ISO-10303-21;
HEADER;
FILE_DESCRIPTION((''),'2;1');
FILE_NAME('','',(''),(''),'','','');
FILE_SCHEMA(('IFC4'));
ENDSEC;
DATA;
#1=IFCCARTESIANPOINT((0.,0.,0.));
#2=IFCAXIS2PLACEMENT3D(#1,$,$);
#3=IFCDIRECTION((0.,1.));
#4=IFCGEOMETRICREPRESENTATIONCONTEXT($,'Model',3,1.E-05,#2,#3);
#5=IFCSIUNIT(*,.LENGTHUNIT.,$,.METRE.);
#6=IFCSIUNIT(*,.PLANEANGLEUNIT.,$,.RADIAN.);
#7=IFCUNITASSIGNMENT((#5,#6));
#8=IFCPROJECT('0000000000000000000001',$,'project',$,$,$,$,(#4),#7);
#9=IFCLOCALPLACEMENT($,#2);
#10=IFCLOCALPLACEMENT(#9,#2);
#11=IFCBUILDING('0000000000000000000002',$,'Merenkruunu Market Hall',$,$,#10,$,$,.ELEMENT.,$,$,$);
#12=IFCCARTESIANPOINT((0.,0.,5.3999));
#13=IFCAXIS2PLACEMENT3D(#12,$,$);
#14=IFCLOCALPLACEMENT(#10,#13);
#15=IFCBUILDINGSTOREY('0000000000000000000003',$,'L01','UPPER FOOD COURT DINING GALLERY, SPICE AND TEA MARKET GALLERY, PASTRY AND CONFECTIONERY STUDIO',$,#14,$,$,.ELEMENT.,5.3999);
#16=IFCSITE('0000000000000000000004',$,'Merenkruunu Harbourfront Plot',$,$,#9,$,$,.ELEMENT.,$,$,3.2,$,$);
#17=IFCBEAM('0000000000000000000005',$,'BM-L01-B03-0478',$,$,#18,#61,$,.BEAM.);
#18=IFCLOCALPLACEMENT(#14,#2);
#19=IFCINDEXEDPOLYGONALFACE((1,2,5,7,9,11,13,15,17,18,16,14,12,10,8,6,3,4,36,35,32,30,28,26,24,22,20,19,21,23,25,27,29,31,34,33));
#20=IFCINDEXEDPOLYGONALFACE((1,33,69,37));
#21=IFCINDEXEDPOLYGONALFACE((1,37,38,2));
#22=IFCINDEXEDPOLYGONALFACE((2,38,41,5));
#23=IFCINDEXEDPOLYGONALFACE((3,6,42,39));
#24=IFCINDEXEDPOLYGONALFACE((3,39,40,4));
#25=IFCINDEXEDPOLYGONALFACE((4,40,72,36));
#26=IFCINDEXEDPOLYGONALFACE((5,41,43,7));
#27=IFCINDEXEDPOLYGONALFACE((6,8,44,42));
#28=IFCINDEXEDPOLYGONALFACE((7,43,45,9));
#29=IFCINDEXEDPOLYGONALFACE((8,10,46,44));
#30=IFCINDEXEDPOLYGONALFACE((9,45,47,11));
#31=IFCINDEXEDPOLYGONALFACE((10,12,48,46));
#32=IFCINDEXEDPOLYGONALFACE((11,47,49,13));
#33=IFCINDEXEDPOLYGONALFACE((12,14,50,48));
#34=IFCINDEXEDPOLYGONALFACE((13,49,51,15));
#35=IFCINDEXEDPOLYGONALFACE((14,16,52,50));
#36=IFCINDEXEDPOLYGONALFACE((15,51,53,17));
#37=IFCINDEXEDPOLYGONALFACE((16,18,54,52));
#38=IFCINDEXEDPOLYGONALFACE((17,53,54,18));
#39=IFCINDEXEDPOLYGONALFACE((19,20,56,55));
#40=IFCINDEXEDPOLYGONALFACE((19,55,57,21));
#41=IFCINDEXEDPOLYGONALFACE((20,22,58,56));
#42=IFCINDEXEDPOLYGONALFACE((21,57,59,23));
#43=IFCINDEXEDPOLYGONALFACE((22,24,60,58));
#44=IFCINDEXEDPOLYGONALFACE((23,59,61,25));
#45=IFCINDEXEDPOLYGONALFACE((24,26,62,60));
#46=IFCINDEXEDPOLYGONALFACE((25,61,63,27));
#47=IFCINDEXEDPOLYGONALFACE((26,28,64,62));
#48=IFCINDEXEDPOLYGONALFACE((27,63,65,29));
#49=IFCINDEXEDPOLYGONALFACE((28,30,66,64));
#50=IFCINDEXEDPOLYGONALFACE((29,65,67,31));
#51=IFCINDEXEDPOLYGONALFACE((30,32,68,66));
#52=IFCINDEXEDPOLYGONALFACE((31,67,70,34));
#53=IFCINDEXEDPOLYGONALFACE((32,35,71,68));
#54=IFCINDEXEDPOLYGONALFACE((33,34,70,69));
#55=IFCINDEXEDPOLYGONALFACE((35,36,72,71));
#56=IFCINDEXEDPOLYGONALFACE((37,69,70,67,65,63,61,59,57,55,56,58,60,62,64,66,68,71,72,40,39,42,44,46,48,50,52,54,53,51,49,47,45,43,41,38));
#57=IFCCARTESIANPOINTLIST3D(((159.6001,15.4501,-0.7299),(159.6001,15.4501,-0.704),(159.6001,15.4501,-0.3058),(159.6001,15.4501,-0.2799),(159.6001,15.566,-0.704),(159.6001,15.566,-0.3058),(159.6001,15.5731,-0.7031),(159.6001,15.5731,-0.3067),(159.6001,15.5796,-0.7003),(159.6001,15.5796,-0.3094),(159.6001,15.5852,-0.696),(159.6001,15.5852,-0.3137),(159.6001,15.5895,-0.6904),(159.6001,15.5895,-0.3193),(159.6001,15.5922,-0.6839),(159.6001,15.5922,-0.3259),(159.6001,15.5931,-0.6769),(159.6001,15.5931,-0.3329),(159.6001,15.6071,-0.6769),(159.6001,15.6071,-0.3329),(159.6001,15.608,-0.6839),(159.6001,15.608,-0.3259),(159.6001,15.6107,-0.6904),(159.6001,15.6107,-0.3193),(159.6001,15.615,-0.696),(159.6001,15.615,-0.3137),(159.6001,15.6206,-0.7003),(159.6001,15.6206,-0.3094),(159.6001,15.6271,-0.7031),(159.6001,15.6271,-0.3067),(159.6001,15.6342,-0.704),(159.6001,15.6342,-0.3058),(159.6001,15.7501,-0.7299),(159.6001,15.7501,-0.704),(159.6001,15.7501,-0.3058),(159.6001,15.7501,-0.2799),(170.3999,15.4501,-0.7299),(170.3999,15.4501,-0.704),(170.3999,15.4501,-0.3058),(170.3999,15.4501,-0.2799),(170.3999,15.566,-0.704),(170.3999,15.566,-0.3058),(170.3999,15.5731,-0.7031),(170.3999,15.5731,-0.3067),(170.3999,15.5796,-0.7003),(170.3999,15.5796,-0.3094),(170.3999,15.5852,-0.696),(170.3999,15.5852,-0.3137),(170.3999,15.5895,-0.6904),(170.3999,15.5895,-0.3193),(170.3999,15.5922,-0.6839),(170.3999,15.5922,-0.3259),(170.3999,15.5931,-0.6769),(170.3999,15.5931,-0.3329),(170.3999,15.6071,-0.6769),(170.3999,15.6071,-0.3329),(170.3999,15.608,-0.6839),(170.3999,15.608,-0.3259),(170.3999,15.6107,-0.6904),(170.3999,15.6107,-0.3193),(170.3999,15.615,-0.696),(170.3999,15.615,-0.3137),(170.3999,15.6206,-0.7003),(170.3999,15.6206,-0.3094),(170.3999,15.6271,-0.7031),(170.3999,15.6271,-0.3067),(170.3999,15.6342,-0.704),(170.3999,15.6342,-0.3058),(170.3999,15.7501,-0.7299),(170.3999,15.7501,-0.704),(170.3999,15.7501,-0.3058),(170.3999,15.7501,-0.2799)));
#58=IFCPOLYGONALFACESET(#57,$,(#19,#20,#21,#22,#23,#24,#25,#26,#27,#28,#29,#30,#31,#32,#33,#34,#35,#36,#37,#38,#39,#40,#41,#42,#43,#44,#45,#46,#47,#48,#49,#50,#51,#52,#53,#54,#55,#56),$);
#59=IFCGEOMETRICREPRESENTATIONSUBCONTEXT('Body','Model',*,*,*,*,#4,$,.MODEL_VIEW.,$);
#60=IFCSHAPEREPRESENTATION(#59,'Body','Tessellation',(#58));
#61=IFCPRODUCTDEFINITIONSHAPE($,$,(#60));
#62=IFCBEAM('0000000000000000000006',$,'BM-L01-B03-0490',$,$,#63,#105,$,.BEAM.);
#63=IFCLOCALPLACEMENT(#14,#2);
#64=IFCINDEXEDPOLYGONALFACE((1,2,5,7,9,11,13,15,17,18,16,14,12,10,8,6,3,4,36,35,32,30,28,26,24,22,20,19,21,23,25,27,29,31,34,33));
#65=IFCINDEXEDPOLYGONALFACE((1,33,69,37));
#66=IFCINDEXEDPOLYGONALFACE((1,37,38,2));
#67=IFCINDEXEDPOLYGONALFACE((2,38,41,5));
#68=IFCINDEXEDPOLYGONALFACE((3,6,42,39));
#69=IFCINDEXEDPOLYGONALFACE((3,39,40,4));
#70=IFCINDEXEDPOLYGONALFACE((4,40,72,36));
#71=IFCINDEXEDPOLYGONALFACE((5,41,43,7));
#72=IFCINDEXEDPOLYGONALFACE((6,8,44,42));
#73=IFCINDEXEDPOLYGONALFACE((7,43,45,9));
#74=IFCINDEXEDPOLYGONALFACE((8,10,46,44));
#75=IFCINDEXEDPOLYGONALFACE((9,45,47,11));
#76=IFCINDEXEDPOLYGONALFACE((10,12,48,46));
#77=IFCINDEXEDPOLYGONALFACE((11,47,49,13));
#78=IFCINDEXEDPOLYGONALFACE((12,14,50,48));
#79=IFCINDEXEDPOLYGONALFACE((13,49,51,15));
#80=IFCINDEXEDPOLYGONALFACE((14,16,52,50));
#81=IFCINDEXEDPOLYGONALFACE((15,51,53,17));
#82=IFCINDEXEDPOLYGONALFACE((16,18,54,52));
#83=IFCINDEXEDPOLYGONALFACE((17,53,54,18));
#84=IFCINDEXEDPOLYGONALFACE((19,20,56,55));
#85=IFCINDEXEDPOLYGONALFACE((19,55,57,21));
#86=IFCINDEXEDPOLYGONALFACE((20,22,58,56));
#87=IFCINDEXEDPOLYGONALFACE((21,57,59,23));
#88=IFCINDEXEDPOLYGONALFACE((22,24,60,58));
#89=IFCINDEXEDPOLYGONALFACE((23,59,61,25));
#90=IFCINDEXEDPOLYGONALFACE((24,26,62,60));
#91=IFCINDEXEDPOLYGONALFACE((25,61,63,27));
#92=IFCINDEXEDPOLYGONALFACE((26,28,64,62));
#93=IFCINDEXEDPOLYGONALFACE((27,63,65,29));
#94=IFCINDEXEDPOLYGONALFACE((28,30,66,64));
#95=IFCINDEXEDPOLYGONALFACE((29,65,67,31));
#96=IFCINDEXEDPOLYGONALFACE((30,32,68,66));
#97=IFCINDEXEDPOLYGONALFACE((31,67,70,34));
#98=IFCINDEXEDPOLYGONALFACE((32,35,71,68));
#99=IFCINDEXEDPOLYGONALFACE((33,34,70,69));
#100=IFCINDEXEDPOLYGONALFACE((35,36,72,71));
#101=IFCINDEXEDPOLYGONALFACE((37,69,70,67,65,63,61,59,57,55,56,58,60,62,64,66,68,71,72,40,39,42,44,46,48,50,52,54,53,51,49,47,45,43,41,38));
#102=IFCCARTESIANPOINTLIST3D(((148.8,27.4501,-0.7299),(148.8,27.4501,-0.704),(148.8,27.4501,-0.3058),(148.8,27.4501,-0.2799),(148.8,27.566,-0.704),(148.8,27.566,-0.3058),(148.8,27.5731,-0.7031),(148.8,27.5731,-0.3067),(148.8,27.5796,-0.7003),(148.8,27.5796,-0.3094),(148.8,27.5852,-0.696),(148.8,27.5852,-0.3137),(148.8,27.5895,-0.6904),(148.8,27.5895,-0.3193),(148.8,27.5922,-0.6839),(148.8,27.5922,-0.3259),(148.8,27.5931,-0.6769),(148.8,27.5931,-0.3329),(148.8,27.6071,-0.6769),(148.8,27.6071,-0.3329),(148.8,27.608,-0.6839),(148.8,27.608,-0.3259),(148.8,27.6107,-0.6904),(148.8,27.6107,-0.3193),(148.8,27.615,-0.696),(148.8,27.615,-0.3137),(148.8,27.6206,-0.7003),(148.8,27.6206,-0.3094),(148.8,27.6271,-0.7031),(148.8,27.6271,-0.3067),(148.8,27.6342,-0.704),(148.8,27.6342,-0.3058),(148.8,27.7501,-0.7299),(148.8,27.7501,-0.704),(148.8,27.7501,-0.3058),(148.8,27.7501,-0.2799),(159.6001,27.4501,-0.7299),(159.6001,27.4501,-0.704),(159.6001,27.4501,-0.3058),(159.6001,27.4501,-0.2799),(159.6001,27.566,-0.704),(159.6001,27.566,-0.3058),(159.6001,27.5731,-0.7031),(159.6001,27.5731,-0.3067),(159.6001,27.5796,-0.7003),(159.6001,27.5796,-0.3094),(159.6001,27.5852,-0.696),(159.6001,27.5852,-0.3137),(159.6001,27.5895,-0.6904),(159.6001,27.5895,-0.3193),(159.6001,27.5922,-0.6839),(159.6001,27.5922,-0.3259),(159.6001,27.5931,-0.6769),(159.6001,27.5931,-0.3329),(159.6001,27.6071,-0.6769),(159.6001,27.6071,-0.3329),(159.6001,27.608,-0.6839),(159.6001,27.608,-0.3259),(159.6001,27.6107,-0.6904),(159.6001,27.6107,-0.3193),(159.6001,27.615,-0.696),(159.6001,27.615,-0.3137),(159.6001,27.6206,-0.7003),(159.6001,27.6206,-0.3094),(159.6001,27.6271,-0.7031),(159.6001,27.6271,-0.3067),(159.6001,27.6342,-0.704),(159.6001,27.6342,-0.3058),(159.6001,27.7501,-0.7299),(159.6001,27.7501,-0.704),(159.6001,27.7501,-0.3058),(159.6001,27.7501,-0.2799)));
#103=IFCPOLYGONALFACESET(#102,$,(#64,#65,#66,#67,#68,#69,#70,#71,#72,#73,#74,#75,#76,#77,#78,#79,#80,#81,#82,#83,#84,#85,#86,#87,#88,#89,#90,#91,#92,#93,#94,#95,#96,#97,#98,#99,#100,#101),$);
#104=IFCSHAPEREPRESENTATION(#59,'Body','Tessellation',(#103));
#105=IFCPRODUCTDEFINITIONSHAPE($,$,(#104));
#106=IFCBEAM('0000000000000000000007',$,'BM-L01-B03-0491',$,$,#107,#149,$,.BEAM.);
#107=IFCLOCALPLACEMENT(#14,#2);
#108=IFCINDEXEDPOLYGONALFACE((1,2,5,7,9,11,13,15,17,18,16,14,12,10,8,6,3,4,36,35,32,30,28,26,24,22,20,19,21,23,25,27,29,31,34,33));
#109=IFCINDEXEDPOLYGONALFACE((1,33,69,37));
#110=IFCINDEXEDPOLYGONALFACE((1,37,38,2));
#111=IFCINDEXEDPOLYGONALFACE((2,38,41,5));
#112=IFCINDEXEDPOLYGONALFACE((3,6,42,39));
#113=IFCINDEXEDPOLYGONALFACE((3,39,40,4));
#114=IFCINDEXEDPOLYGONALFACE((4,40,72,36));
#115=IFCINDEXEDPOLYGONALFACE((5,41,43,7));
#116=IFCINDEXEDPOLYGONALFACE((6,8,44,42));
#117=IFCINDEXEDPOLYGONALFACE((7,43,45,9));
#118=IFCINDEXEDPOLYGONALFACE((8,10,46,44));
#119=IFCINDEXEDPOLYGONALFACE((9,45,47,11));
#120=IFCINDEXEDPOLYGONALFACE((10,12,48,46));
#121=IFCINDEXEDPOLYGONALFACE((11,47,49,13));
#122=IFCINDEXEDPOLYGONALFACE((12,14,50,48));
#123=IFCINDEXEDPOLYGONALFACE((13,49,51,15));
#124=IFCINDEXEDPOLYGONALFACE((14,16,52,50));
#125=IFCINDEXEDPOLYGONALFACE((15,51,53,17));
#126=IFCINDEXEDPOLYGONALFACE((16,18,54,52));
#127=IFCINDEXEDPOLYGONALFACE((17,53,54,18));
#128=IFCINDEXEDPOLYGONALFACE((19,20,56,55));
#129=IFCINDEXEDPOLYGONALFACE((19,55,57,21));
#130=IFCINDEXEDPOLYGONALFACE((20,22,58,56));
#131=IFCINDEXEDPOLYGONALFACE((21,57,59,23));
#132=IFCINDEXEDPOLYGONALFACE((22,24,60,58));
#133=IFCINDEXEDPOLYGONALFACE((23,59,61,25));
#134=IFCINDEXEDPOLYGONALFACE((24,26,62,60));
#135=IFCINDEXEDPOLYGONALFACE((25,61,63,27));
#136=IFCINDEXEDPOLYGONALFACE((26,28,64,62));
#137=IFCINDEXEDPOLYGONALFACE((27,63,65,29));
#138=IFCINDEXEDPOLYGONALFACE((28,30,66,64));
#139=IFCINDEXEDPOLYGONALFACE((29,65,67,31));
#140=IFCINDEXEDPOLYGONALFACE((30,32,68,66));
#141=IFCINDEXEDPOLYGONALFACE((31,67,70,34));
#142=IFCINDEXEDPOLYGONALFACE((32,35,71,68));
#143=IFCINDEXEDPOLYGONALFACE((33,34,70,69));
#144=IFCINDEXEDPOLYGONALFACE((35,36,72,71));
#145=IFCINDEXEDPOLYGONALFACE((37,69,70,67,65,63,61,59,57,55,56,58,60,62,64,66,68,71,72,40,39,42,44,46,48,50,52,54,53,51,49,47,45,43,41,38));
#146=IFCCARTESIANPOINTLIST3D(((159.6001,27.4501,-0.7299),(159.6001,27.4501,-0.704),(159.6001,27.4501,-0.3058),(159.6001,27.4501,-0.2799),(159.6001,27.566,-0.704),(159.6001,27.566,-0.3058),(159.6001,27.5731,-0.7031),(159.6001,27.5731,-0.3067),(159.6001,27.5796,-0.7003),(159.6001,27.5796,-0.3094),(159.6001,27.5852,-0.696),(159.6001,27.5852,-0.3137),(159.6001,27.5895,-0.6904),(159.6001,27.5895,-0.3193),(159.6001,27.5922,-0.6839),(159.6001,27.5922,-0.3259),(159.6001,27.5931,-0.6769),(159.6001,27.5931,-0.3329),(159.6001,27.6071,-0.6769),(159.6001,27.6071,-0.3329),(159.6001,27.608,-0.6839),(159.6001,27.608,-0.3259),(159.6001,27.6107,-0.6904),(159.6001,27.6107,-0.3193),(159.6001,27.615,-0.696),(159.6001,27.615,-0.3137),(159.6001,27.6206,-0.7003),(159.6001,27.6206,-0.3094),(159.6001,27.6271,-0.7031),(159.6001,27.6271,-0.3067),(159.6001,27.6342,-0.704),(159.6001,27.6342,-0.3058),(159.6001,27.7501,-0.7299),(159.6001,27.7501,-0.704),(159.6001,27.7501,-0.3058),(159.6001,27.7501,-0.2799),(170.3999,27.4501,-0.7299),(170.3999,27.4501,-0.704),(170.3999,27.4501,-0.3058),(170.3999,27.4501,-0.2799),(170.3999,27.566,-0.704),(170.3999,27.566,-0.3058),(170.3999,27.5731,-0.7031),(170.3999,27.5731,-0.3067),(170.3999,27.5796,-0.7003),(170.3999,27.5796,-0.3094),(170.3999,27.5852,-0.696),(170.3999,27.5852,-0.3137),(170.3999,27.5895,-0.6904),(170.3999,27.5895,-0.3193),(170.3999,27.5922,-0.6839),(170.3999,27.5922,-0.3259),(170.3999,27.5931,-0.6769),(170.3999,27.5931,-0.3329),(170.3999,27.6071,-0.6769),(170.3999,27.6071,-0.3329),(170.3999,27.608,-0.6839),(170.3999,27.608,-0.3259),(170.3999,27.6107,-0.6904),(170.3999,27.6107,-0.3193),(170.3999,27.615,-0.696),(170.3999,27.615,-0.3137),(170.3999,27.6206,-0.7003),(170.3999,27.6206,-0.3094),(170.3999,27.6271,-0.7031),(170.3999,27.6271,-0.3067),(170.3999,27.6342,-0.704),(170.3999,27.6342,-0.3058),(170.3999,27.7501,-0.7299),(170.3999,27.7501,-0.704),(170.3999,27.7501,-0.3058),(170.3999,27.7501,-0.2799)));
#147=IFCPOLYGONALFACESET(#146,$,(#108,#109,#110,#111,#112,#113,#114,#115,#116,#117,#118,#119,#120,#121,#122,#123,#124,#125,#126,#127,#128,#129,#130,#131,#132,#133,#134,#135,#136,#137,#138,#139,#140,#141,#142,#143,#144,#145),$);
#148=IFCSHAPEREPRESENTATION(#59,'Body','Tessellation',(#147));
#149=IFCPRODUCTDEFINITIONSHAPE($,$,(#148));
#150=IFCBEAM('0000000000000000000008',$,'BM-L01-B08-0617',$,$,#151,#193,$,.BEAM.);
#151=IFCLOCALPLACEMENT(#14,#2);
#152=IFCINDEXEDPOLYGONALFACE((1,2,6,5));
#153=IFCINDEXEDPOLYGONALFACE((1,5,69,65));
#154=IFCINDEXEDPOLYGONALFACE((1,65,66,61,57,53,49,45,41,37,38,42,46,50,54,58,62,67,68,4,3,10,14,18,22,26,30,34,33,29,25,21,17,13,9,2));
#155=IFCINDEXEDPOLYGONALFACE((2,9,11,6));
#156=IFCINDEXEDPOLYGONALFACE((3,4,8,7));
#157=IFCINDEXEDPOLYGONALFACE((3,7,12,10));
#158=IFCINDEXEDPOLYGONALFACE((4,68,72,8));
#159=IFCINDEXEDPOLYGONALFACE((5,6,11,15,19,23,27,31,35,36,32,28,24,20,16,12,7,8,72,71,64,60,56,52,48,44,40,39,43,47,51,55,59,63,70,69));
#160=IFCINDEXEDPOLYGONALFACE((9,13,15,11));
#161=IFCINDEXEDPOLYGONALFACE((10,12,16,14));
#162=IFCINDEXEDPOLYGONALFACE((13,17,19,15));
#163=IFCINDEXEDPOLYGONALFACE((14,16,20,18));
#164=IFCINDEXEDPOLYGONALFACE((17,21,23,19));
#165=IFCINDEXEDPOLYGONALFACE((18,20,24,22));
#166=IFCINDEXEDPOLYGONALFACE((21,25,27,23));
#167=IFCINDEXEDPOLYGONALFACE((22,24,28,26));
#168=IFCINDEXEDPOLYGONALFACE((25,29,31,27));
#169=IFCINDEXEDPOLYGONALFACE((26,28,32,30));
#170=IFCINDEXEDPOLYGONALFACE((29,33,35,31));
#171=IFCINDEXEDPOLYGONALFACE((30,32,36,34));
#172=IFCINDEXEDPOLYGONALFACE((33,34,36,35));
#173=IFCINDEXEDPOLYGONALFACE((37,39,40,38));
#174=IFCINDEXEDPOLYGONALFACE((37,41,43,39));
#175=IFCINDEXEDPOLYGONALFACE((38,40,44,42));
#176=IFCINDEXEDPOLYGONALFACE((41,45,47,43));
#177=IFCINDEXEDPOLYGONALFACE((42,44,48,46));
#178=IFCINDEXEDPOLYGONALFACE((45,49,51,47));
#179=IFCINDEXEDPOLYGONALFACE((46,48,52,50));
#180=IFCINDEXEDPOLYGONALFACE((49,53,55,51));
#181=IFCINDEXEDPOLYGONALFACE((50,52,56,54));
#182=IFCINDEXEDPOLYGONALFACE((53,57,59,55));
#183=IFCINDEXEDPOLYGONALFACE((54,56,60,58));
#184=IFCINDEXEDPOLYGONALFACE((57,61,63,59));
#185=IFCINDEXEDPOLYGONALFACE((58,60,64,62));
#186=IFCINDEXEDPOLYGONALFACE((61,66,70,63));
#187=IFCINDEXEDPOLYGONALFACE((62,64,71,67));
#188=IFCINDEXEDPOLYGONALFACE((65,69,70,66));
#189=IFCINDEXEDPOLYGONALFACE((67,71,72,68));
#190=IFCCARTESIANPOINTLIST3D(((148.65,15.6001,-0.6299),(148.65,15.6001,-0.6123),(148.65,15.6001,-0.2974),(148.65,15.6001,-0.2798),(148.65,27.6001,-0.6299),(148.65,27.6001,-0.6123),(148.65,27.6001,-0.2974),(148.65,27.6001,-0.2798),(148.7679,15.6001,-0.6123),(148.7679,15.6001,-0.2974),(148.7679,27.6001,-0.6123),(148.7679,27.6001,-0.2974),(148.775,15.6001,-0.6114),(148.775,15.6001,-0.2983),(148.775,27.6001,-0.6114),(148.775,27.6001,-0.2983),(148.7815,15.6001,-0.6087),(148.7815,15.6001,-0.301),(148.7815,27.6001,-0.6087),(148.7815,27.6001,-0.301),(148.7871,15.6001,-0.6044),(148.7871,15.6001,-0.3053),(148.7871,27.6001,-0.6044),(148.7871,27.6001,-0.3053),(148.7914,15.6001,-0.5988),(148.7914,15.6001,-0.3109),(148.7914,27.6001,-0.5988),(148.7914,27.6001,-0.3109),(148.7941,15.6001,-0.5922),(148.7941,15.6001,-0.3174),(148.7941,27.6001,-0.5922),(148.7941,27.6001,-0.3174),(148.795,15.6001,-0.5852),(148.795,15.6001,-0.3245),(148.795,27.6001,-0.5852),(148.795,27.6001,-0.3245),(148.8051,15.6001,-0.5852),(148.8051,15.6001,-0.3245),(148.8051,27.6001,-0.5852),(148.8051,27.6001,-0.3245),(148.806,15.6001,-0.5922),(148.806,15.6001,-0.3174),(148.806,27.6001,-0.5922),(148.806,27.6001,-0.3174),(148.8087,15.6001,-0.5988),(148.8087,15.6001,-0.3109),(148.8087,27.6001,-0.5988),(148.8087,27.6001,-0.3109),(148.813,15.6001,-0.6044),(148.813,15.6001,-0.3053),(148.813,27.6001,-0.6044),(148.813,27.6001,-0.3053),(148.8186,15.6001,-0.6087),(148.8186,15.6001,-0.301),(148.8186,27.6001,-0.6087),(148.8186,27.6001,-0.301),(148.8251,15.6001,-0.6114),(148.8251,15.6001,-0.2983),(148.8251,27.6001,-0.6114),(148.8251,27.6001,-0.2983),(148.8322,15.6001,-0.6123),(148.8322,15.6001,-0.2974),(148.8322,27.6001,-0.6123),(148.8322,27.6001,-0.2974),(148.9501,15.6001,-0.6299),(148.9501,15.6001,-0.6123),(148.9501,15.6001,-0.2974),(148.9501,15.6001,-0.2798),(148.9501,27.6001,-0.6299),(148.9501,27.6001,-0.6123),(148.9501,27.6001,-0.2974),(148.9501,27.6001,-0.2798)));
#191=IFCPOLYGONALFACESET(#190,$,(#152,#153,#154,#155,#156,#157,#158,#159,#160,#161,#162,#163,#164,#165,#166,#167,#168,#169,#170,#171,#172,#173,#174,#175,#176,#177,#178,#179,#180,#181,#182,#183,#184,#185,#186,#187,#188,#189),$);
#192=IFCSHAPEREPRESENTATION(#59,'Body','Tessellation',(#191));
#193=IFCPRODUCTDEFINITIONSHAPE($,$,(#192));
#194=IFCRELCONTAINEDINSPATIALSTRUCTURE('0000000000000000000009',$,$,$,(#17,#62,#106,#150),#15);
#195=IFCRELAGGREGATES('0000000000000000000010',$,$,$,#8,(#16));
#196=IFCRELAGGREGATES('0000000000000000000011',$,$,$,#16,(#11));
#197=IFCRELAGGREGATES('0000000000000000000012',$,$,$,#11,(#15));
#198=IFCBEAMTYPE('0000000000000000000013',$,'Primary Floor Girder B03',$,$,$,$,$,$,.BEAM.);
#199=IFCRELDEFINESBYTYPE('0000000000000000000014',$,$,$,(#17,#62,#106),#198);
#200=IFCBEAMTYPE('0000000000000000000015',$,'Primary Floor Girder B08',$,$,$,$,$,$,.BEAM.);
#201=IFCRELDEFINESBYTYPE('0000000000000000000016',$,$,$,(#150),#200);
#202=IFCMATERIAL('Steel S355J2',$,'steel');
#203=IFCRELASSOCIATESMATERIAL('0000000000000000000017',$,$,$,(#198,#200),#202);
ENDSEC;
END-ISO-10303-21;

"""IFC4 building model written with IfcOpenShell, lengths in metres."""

from ifc_helpers import new_model, si_unit, direction, frame, origin, origin_2d, place, context, subcontext, project, spatial, i_section, extrude, material, material_profile, profile_set, type_object, element, save


model = new_model("IFC4")

# Units and contexts
model_context = context("Model", 3, precision=1e-05, world=origin(), true_north=direction((0.0, 1.0)))
body_context = subcontext(model_context, "Body", "Model", "MODEL_VIEW")
ifc_project = project(units=[si_unit("LENGTHUNIT", "METRE"), si_unit("PLANEANGLEUNIT", "RADIAN")], contexts=[model_context])

# Site, building, storey
site_placement = place(None, origin())
site = spatial("IfcSite", under=ifc_project, at=site_placement, Name="Merenkruunu Harbourfront Plot", CompositionType="ELEMENT", RefElevation=3.2)
building_placement = place(site_placement, origin())
building = spatial("IfcBuilding", under=site, at=building_placement, Name="Merenkruunu Market Hall", CompositionType="ELEMENT")
storey_placement = place(building_placement, frame((0.0, 0.0, 5.3999)))
storey = spatial("IfcBuildingStorey", under=building, at=storey_placement, Name="L01", Description="UPPER FOOD COURT DINING GALLERY, SPICE AND TEA MARKET GALLERY, PASTRY AND CONFECTIONERY STUDIO", CompositionType="ELEMENT", Elevation=5.3999)

# Shared definitions
ifc_material_1 = material(Name="Steel S355J2", Category="steel")

# Beams
ifc_material_profile_1 = material_profile(ifc_material_1, i_section(OverallWidth=0.3, OverallDepth=0.45, WebThickness=0.0139, FlangeThickness=0.0259, FilletRadius=0.0271, at=origin_2d()), Name="HEB 450")
ifc_profile_set_1 = profile_set([ifc_material_profile_1], Name="Steel S355J2")
beam_type_1 = type_object("IfcBeamType", Name="Primary Floor Girder B03", PredefinedType="BEAM", material=ifc_profile_set_1)
beam_1_placement = place(storey_placement, frame((159.6001, 15.6001, -0.5049), z_axis=(1.0, 0.0, 0.0), x_axis=(0.0, 1.0, 0.0)))
element("IfcBeam", 1, at=beam_1_placement, inside=storey, type_object=beam_type_1, Name="BM-L01-B03-0478", PredefinedType="BEAM", context=body_context, shape_type="SweptSolid", body=[
    extrude(i_section(OverallWidth=0.3, OverallDepth=0.45, WebThickness=0.0139, FlangeThickness=0.0259, FilletRadius=0.0271, at=origin_2d()), origin(), (0.0, 0.0, 1.0), 10.7998),
])
beam_2_placement = place(storey_placement, frame((148.8, 27.6001, -0.5049), z_axis=(1.0, 0.0, 0.0), x_axis=(0.0, 1.0, 0.0)))
element("IfcBeam", 2, at=beam_2_placement, inside=storey, type_object=beam_type_1, Name="BM-L01-B03-0490", PredefinedType="BEAM", context=body_context, shape_type="SweptSolid", body=[
    extrude(i_section(OverallWidth=0.3, OverallDepth=0.45, WebThickness=0.0139, FlangeThickness=0.0259, FilletRadius=0.0271, at=origin_2d()), origin(), (0.0, 0.0, 1.0), 10.8),
])
beam_3_placement = place(storey_placement, frame((159.6001, 27.6001, -0.5049), z_axis=(1.0, 0.0, 0.0), x_axis=(0.0, 1.0, 0.0)))
element("IfcBeam", 3, at=beam_3_placement, inside=storey, type_object=beam_type_1, Name="BM-L01-B03-0491", PredefinedType="BEAM", context=body_context, shape_type="SweptSolid", body=[
    extrude(i_section(OverallWidth=0.3, OverallDepth=0.45, WebThickness=0.0139, FlangeThickness=0.0259, FilletRadius=0.0271, at=origin_2d()), origin(), (0.0, 0.0, 1.0), 10.7998),
])
ifc_material_profile_2 = material_profile(ifc_material_1, i_section(OverallWidth=0.3, OverallDepth=0.3501, WebThickness=0.01, FlangeThickness=0.0176, FilletRadius=0.0271, at=origin_2d()), Name="HEA 360")
ifc_profile_set_2 = profile_set([ifc_material_profile_2], Name="Steel S355J2")
beam_type_2 = type_object("IfcBeamType", Name="Primary Floor Girder B08", PredefinedType="BEAM", material=ifc_profile_set_2)
for number, where, z_axis, x_axis, name in (
    (4, (148.8, 15.6001, -0.4548), (0.0, 1.0, 0.0), (-1.0, 0.0, 0.0), "BM-L01-B08-0617"),
):
    element("IfcBeam", number, at=place(storey_placement, frame(where, z_axis=z_axis, x_axis=x_axis)), inside=storey, type_object=beam_type_2, Name=name, PredefinedType="BEAM", context=body_context, shape_type="SweptSolid", body=[
        extrude(i_section(OverallWidth=0.3, OverallDepth=0.3501, WebThickness=0.01, FlangeThickness=0.0176, FilletRadius=0.0271, at=origin_2d()), origin(), (0.0, 0.0, 1.0), 12.0),
    ])

save(model, "model.ifc")
